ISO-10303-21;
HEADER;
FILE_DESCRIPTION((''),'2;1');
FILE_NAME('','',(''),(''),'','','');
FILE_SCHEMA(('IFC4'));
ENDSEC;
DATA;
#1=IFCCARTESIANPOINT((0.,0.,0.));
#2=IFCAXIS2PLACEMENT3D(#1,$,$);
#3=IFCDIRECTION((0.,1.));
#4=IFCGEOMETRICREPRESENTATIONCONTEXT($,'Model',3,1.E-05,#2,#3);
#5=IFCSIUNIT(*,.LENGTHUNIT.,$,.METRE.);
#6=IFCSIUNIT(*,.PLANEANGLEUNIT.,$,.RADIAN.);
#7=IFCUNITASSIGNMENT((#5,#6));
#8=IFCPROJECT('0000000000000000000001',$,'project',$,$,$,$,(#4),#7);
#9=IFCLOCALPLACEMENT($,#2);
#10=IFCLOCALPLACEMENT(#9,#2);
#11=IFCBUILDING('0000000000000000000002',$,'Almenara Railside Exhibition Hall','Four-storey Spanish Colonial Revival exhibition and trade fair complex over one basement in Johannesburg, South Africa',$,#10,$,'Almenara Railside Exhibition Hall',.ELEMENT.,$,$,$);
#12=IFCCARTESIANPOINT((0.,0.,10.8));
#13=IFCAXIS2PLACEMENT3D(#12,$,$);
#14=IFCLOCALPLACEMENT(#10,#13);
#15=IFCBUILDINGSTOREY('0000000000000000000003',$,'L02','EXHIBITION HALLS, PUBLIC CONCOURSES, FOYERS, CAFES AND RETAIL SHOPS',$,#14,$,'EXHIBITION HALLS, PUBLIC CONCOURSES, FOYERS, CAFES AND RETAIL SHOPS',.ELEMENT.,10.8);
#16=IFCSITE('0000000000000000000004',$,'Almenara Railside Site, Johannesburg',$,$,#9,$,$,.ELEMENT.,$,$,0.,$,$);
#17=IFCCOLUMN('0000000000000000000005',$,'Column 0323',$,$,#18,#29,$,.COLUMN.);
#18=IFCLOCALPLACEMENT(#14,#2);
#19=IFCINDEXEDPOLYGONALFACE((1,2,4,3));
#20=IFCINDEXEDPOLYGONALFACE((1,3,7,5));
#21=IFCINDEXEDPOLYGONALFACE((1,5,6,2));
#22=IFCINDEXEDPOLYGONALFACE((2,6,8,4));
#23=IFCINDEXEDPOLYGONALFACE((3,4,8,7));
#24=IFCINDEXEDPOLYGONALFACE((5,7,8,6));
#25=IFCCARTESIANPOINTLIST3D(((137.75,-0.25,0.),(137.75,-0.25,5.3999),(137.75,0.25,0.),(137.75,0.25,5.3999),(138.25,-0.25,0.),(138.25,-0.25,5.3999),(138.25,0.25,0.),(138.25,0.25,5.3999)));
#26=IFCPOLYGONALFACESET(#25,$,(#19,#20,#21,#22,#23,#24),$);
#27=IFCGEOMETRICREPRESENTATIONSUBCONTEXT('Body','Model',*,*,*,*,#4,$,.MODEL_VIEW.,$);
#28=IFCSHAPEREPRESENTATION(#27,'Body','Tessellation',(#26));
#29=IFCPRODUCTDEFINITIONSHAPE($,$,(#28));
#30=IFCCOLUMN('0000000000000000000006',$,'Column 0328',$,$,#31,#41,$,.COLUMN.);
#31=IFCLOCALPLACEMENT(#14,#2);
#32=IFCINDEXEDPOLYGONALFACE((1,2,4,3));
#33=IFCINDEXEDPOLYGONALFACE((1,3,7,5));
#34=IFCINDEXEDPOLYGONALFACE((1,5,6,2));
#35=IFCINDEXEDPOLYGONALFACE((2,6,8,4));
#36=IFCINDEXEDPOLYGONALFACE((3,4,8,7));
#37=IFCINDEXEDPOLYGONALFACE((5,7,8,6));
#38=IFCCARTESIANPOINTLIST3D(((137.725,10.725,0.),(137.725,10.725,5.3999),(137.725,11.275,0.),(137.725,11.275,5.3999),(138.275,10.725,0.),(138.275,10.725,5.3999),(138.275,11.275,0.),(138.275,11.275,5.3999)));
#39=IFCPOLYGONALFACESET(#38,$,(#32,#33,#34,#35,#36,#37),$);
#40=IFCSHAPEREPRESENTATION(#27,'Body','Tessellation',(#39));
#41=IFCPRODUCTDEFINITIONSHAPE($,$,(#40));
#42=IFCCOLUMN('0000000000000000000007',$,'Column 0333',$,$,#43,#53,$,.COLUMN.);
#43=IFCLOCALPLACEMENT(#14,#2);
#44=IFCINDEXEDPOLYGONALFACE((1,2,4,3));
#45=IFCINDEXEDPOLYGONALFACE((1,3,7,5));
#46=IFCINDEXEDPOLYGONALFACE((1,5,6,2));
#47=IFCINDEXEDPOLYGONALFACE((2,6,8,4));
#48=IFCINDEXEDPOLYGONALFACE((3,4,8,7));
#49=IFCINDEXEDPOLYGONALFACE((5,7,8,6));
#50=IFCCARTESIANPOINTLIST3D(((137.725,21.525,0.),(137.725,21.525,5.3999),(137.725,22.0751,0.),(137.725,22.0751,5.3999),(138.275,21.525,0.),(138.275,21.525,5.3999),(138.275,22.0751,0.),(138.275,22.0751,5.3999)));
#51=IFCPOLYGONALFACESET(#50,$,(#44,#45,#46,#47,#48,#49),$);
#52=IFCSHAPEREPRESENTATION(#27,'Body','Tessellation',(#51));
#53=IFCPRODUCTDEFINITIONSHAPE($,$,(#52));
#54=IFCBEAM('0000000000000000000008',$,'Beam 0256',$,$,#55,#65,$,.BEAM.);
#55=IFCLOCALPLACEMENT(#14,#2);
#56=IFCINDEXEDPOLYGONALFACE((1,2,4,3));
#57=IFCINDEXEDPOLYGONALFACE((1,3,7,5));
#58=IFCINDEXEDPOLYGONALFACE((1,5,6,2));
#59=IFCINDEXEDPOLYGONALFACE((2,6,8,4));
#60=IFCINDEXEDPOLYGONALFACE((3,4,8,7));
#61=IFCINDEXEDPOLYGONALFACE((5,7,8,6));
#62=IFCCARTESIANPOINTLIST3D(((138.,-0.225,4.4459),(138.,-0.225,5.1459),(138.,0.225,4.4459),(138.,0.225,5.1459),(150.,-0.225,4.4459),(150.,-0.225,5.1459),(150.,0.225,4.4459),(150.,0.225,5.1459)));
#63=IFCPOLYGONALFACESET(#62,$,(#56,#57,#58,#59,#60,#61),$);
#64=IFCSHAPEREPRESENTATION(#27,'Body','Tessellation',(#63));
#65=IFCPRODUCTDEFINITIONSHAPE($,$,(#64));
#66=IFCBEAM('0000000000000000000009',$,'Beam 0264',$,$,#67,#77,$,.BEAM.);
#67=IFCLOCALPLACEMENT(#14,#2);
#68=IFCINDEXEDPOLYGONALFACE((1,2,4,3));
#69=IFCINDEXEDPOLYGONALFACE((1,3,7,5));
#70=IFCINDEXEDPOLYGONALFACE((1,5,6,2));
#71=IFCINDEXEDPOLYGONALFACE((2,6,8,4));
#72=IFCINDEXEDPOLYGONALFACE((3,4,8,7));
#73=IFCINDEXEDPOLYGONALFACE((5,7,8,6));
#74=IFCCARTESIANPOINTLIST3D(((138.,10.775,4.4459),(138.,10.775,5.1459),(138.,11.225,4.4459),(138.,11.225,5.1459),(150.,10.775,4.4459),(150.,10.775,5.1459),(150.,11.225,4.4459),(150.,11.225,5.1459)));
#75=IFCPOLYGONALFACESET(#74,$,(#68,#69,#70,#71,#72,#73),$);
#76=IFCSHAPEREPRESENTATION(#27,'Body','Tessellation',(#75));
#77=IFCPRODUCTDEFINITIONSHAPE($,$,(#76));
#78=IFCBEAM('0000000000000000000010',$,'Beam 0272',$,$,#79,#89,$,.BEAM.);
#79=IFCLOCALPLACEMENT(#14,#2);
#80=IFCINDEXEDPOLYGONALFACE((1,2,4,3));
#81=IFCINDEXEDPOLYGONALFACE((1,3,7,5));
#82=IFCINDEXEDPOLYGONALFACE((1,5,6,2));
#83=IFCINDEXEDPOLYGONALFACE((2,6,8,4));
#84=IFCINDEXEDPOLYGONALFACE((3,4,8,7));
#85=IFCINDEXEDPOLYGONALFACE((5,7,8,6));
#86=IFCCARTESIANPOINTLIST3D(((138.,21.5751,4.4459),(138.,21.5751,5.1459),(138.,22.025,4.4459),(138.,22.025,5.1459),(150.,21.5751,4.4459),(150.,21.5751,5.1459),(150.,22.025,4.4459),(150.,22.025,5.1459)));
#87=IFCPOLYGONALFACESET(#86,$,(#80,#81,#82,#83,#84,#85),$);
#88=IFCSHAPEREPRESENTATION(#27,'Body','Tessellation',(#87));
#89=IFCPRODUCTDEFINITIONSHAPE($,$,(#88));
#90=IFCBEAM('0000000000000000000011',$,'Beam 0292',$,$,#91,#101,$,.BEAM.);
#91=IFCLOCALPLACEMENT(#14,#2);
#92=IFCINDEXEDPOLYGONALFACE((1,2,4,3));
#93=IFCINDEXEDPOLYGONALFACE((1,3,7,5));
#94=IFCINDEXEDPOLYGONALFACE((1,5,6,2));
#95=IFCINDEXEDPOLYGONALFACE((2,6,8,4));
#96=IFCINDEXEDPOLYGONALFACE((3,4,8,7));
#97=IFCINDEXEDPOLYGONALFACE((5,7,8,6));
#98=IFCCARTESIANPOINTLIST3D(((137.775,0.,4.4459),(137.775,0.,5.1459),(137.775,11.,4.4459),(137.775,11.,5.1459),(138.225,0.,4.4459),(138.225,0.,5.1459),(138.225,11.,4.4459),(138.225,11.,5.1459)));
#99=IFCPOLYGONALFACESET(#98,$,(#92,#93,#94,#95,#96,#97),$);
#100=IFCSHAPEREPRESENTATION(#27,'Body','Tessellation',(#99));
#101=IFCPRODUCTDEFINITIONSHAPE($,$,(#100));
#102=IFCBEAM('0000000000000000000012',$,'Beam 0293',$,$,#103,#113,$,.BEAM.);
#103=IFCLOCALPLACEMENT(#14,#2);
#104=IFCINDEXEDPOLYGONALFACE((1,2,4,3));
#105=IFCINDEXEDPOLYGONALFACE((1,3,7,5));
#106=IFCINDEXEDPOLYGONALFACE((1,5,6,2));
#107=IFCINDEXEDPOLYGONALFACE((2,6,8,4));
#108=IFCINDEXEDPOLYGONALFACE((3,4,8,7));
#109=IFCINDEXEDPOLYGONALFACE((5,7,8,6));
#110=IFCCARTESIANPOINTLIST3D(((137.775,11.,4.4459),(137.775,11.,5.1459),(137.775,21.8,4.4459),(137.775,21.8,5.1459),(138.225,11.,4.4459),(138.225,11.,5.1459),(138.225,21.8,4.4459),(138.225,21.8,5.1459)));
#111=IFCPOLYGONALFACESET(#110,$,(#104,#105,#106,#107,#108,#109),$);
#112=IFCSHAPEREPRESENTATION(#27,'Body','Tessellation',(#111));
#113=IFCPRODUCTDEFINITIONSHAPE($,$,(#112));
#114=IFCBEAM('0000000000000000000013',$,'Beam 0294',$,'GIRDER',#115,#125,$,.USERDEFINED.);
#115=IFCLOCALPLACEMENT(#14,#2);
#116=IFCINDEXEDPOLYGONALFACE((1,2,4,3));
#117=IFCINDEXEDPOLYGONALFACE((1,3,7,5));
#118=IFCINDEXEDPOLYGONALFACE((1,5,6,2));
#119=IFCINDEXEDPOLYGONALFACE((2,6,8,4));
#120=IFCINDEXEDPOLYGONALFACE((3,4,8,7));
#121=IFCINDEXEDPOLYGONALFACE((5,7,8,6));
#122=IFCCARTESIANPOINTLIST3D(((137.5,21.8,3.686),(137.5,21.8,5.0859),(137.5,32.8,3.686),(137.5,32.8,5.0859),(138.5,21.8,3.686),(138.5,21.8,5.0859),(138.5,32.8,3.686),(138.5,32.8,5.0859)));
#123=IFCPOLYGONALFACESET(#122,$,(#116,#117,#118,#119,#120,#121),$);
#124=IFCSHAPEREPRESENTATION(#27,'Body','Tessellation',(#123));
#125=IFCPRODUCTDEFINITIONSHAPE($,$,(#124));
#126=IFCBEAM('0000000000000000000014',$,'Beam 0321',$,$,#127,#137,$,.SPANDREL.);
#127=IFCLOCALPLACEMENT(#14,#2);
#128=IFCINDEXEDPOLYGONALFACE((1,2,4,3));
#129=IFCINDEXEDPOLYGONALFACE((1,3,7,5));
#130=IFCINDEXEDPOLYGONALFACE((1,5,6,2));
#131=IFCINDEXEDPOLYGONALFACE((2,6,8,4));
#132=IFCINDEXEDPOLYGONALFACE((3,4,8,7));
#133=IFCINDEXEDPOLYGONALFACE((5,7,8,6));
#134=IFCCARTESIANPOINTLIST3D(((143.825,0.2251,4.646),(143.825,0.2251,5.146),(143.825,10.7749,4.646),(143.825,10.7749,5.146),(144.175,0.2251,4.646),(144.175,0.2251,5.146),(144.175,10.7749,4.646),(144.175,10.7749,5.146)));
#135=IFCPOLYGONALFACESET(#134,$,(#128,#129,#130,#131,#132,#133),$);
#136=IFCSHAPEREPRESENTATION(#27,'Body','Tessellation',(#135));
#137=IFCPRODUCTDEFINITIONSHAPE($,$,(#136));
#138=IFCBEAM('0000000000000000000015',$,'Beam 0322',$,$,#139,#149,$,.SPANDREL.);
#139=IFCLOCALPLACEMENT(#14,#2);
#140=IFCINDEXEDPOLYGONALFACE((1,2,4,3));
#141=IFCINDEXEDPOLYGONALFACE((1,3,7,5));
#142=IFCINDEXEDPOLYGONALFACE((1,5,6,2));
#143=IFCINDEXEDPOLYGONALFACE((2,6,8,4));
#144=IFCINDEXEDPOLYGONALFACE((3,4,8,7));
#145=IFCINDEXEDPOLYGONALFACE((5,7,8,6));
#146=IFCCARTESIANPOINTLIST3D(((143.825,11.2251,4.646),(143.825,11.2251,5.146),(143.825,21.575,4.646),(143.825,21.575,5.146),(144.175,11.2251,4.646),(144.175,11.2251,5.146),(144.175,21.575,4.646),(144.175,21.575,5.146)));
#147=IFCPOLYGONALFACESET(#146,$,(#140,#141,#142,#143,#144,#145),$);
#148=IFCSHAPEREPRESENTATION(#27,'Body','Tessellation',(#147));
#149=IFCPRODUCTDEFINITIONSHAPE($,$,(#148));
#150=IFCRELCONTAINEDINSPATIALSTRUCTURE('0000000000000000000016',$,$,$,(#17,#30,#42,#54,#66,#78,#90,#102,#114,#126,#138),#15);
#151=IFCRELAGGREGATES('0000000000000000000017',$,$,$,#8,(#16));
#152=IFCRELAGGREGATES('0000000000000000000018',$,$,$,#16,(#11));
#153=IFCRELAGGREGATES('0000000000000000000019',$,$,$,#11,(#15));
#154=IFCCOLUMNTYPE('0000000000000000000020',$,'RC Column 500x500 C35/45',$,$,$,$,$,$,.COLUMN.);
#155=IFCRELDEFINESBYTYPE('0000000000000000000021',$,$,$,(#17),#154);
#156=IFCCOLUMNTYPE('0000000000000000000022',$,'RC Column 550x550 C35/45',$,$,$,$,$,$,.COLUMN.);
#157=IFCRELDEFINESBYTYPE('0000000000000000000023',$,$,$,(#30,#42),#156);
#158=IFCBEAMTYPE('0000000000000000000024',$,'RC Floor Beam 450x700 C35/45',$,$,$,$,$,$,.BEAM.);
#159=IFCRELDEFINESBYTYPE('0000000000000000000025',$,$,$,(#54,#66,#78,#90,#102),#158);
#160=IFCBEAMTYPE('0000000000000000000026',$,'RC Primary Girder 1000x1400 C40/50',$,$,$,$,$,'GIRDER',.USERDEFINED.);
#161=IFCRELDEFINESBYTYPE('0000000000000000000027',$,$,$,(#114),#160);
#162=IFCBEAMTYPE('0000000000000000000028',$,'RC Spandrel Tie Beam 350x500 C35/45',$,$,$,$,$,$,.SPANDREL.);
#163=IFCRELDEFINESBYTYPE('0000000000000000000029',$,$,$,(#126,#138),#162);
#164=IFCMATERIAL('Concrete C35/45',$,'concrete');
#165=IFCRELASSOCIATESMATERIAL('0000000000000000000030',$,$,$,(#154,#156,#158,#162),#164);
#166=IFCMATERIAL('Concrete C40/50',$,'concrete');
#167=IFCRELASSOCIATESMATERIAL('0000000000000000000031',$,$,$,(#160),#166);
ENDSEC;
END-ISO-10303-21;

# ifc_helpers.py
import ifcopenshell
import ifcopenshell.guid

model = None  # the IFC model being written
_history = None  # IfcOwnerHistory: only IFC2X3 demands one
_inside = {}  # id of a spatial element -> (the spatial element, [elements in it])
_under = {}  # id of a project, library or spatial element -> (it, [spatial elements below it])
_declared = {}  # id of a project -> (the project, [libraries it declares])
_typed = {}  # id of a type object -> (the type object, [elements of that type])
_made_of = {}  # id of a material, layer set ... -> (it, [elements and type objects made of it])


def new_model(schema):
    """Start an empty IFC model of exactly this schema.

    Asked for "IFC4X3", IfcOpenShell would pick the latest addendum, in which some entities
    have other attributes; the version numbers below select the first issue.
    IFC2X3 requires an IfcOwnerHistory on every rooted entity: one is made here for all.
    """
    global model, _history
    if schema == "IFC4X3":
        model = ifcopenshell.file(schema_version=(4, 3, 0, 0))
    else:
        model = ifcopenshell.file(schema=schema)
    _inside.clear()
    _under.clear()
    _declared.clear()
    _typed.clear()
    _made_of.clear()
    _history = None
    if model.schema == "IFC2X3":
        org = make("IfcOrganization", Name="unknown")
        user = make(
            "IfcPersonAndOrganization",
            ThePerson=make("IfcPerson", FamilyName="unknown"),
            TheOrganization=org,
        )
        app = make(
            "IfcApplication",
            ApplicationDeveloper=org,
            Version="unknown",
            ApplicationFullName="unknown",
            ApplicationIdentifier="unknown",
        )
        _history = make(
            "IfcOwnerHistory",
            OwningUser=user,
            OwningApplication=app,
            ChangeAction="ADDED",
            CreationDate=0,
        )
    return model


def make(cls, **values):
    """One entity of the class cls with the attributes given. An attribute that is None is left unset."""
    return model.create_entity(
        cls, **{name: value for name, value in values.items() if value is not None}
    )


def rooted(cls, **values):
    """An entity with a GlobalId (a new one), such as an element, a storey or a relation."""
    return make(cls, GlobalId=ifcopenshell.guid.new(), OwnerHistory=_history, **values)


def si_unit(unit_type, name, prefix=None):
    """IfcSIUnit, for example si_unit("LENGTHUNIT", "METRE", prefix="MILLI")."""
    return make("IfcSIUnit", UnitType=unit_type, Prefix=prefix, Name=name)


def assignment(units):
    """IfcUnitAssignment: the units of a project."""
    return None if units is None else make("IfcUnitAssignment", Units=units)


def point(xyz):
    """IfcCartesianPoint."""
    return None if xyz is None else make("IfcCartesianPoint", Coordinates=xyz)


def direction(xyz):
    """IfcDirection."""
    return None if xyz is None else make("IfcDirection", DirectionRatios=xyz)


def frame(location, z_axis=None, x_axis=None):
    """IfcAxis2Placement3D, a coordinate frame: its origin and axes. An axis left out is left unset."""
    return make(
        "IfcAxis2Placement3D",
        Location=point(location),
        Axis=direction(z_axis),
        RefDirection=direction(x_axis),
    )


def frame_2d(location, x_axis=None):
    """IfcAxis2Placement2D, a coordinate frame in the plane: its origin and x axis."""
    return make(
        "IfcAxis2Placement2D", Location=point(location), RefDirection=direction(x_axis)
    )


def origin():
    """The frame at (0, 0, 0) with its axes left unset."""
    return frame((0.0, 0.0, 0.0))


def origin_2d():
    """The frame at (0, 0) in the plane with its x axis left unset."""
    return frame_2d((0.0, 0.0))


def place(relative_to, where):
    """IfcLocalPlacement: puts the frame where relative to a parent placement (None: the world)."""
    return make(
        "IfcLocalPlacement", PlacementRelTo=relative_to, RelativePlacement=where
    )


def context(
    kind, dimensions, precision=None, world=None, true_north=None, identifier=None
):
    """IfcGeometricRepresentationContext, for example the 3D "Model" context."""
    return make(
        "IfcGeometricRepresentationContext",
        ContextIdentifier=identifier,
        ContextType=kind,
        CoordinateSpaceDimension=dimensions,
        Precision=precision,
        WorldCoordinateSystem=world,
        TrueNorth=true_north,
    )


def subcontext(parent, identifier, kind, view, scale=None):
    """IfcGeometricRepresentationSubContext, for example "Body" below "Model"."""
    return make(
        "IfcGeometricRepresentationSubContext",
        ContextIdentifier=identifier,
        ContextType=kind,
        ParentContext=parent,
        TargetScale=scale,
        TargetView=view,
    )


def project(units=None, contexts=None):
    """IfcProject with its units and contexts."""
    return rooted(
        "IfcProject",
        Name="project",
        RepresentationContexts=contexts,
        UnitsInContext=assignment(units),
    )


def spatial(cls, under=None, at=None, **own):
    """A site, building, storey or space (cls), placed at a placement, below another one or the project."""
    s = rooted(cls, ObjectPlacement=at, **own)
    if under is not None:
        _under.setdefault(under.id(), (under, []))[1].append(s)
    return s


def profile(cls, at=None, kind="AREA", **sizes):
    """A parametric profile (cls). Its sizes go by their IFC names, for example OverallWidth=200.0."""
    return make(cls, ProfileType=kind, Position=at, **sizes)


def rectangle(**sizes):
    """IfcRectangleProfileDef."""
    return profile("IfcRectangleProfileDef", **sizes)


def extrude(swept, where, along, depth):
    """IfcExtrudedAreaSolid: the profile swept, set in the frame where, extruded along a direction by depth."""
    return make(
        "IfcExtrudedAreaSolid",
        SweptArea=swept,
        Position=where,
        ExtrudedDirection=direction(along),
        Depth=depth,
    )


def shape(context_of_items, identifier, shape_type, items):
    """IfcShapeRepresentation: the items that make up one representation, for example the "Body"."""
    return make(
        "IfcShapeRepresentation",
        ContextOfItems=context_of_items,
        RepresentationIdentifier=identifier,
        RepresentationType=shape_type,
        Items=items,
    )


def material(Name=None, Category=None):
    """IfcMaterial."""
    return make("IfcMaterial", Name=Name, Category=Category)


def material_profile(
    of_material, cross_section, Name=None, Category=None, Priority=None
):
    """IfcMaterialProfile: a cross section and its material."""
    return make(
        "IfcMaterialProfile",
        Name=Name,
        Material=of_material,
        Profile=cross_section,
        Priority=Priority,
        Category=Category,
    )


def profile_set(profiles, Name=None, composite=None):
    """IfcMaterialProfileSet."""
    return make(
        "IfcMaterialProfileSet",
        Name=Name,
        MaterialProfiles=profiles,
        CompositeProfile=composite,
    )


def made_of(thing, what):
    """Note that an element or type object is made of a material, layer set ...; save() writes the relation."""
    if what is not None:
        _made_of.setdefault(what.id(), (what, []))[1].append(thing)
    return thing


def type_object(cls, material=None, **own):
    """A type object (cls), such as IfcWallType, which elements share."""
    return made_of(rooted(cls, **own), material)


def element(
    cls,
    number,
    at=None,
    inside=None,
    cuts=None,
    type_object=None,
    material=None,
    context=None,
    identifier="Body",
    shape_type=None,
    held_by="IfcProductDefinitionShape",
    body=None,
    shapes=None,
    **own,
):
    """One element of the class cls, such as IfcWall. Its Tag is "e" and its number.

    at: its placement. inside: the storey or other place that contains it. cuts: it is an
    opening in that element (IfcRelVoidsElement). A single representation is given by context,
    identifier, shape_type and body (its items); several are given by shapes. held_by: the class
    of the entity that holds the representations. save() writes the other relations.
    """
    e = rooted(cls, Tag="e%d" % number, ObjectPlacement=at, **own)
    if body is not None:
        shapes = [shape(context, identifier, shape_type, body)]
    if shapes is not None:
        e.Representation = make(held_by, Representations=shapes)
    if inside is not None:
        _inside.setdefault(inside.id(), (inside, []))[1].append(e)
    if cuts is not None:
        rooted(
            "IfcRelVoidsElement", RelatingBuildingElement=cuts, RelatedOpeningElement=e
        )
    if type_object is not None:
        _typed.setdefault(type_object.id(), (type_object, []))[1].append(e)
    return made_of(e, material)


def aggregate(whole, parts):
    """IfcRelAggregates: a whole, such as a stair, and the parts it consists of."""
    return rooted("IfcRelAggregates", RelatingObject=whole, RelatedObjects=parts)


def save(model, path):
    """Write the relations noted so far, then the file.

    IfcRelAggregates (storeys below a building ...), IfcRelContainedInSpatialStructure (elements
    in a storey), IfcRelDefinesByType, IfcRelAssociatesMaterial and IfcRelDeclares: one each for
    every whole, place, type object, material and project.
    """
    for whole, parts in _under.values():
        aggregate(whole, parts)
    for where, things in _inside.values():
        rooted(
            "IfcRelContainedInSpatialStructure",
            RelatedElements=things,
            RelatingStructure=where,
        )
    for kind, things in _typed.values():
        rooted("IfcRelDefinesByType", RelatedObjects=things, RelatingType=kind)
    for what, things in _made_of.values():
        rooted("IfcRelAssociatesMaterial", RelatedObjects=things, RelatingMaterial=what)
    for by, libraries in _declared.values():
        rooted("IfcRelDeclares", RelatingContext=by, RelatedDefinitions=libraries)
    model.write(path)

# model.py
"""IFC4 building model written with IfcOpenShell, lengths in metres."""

from ifc_helpers import new_model, si_unit, direction, frame, origin, origin_2d, place, context, subcontext, project, spatial, rectangle, extrude, material, material_profile, profile_set, type_object, element, save


model = new_model("IFC4")

# Units and contexts
model_context = context("Model", 3, precision=1e-05, world=origin(), true_north=direction((0.0, 1.0)))
body_context = subcontext(model_context, "Body", "Model", "MODEL_VIEW")
ifc_project = project(units=[si_unit("LENGTHUNIT", "METRE"), si_unit("PLANEANGLEUNIT", "RADIAN")], contexts=[model_context])

# Site, building, storey
site_placement = place(None, origin())
site = spatial("IfcSite", under=ifc_project, at=site_placement, Name="Almenara Railside Site, Johannesburg", CompositionType="ELEMENT", RefElevation=0.0)
building_placement = place(site_placement, origin())
building = spatial("IfcBuilding", under=site, at=building_placement, Name="Almenara Railside Exhibition Hall", Description="Four-storey Spanish Colonial Revival exhibition and trade fair complex over one basement in Johannesburg, South Africa", LongName="Almenara Railside Exhibition Hall", CompositionType="ELEMENT")
storey_placement = place(building_placement, frame((0.0, 0.0, 10.8)))
storey = spatial("IfcBuildingStorey", under=building, at=storey_placement, Name="L02", Description="EXHIBITION HALLS, PUBLIC CONCOURSES, FOYERS, CAFES AND RETAIL SHOPS", LongName="EXHIBITION HALLS, PUBLIC CONCOURSES, FOYERS, CAFES AND RETAIL SHOPS", CompositionType="ELEMENT", Elevation=10.8)

# Columns
ifc_material_1 = material(Name="Concrete C35/45", Category="concrete")
ifc_material_profile_1 = material_profile(ifc_material_1, rectangle(XDim=0.5, YDim=0.5, at=origin_2d()), Name="RC 500x500")
ifc_profile_set_1 = profile_set([ifc_material_profile_1], Name="Concrete C35/45")
column_type_1 = type_object("IfcColumnType", Name="RC Column 500x500 C35/45", PredefinedType="COLUMN", material=ifc_profile_set_1)
column_placement = place(storey_placement, frame((138.0, 0.0, 0.0), z_axis=(0.0, 0.0, 1.0), x_axis=(1.0, 0.0, 0.0)))
element("IfcColumn", 1, at=column_placement, inside=storey, type_object=column_type_1, Name="Column 0323", PredefinedType="COLUMN", context=body_context, shape_type="SweptSolid", body=[
    extrude(rectangle(XDim=0.5, YDim=0.5, at=origin_2d()), origin(), (0.0, 0.0, 1.0), 5.3999),
])
ifc_material_profile_2 = material_profile(ifc_material_1, rectangle(XDim=0.55, YDim=0.55, at=origin_2d()), Name="RC 550x550")
ifc_profile_set_2 = profile_set([ifc_material_profile_2], Name="Concrete C35/45")
column_type_2 = type_object("IfcColumnType", Name="RC Column 550x550 C35/45", PredefinedType="COLUMN", material=ifc_profile_set_2)
for number, where, z_axis, x_axis, name in (
    (2, (138.0, 11.0, 0.0), (0.0, 0.0, 1.0), (1.0, 0.0, 0.0), "Column 0328"),
    (3, (138.0, 21.8, 0.0), (0.0, 0.0, 1.0), (1.0, 0.0, 0.0), "Column 0333"),
):
    element("IfcColumn", number, at=place(storey_placement, frame(where, z_axis=z_axis, x_axis=x_axis)), inside=storey, type_object=column_type_2, Name=name, PredefinedType="COLUMN", context=body_context, shape_type="SweptSolid", body=[
        extrude(rectangle(XDim=0.55, YDim=0.55, at=origin_2d()), origin(), (0.0, 0.0, 1.0), 5.3999),
    ])

# Beams
ifc_material_profile_3 = material_profile(ifc_material_1, rectangle(XDim=0.45, YDim=0.7, at=origin_2d()), Name="RC 450x700")
ifc_profile_set_3 = profile_set([ifc_material_profile_3], Name="Concrete C35/45")
beam_type_1 = type_object("IfcBeamType", Name="RC Floor Beam 450x700 C35/45", PredefinedType="BEAM", material=ifc_profile_set_3)
for number, where, z_axis, x_axis, name in (
    (4, (138.0, 0.0, 4.7959), (1.0, 0.0, 0.0), (0.0, 1.0, 0.0), "Beam 0256"),
    (5, (138.0, 11.0, 4.7959), (1.0, 0.0, 0.0), (0.0, 1.0, 0.0), "Beam 0264"),
    (6, (138.0, 21.8, 4.7959), (1.0, 0.0, 0.0), (0.0, 1.0, 0.0), "Beam 0272"),
):
    element("IfcBeam", number, at=place(storey_placement, frame(where, z_axis=z_axis, x_axis=x_axis)), inside=storey, type_object=beam_type_1, Name=name, PredefinedType="BEAM", context=body_context, shape_type="SweptSolid", body=[
        extrude(rectangle(XDim=0.45, YDim=0.7, at=origin_2d()), origin(), (0.0, 0.0, 1.0), 12.0),
    ])
beam_1_placement = place(storey_placement, frame((138.0, 0.0, 4.7959), z_axis=(0.0, 1.0, 0.0), x_axis=(-1.0, 0.0, 0.0)))
element("IfcBeam", 7, at=beam_1_placement, inside=storey, type_object=beam_type_1, Name="Beam 0292", PredefinedType="BEAM", context=body_context, shape_type="SweptSolid", body=[
    extrude(rectangle(XDim=0.45, YDim=0.7, at=origin_2d()), origin(), (0.0, 0.0, 1.0), 11.0),
])
beam_2_placement = place(storey_placement, frame((138.0, 11.0, 4.7959), z_axis=(0.0, 1.0, 0.0), x_axis=(-1.0, 0.0, 0.0)))
element("IfcBeam", 8, at=beam_2_placement, inside=storey, type_object=beam_type_1, Name="Beam 0293", PredefinedType="BEAM", context=body_context, shape_type="SweptSolid", body=[
    extrude(rectangle(XDim=0.45, YDim=0.7, at=origin_2d()), origin(), (0.0, 0.0, 1.0), 10.8),
])
ifc_material_2 = material(Name="Concrete C40/50", Category="concrete")
ifc_material_profile_4 = material_profile(ifc_material_2, rectangle(XDim=1.0, YDim=1.3999, at=origin_2d()), Name="RC 1000x1400")
ifc_profile_set_4 = profile_set([ifc_material_profile_4], Name="Concrete C40/50")
beam_type_2 = type_object("IfcBeamType", Name="RC Primary Girder 1000x1400 C40/50", ElementType="GIRDER", PredefinedType="USERDEFINED", material=ifc_profile_set_4)
beam_3_placement = place(storey_placement, frame((138.0, 21.8, 4.386), z_axis=(0.0, 1.0, 0.0), x_axis=(-1.0, 0.0, 0.0)))
element("IfcBeam", 9, at=beam_3_placement, inside=storey, type_object=beam_type_2, Name="Beam 0294", ObjectType="GIRDER", PredefinedType="USERDEFINED", context=body_context, shape_type="SweptSolid", body=[
    extrude(rectangle(XDim=1.0, YDim=1.3999, at=origin_2d()), origin(), (0.0, 0.0, 1.0), 11.0),
])
ifc_material_profile_5 = material_profile(ifc_material_1, rectangle(XDim=0.3501, YDim=0.5, at=origin_2d()), Name="RC 350x500")
ifc_profile_set_5 = profile_set([ifc_material_profile_5], Name="Concrete C35/45")
beam_type_3 = type_object("IfcBeamType", Name="RC Spandrel Tie Beam 350x500 C35/45", PredefinedType="SPANDREL", material=ifc_profile_set_5)
beam_4_placement = place(storey_placement, frame((144.0, 0.2251, 4.896), z_axis=(0.0, 1.0, 0.0), x_axis=(-1.0, 0.0, 0.0)))
element("IfcBeam", 10, at=beam_4_placement, inside=storey, type_object=beam_type_3, Name="Beam 0321", PredefinedType="SPANDREL", context=body_context, shape_type="SweptSolid", body=[
    extrude(rectangle(XDim=0.3501, YDim=0.5, at=origin_2d()), origin(), (0.0, 0.0, 1.0), 10.5498),
])
beam_5_placement = place(storey_placement, frame((144.0, 11.2251, 4.896), z_axis=(0.0, 1.0, 0.0), x_axis=(-1.0, 0.0, 0.0)))
element("IfcBeam", 11, at=beam_5_placement, inside=storey, type_object=beam_type_3, Name="Beam 0322", PredefinedType="SPANDREL", context=body_context, shape_type="SweptSolid", body=[
    extrude(rectangle(XDim=0.3501, YDim=0.5, at=origin_2d()), origin(), (0.0, 0.0, 1.0), 10.3499),
])

save(model, "model.ifc")
